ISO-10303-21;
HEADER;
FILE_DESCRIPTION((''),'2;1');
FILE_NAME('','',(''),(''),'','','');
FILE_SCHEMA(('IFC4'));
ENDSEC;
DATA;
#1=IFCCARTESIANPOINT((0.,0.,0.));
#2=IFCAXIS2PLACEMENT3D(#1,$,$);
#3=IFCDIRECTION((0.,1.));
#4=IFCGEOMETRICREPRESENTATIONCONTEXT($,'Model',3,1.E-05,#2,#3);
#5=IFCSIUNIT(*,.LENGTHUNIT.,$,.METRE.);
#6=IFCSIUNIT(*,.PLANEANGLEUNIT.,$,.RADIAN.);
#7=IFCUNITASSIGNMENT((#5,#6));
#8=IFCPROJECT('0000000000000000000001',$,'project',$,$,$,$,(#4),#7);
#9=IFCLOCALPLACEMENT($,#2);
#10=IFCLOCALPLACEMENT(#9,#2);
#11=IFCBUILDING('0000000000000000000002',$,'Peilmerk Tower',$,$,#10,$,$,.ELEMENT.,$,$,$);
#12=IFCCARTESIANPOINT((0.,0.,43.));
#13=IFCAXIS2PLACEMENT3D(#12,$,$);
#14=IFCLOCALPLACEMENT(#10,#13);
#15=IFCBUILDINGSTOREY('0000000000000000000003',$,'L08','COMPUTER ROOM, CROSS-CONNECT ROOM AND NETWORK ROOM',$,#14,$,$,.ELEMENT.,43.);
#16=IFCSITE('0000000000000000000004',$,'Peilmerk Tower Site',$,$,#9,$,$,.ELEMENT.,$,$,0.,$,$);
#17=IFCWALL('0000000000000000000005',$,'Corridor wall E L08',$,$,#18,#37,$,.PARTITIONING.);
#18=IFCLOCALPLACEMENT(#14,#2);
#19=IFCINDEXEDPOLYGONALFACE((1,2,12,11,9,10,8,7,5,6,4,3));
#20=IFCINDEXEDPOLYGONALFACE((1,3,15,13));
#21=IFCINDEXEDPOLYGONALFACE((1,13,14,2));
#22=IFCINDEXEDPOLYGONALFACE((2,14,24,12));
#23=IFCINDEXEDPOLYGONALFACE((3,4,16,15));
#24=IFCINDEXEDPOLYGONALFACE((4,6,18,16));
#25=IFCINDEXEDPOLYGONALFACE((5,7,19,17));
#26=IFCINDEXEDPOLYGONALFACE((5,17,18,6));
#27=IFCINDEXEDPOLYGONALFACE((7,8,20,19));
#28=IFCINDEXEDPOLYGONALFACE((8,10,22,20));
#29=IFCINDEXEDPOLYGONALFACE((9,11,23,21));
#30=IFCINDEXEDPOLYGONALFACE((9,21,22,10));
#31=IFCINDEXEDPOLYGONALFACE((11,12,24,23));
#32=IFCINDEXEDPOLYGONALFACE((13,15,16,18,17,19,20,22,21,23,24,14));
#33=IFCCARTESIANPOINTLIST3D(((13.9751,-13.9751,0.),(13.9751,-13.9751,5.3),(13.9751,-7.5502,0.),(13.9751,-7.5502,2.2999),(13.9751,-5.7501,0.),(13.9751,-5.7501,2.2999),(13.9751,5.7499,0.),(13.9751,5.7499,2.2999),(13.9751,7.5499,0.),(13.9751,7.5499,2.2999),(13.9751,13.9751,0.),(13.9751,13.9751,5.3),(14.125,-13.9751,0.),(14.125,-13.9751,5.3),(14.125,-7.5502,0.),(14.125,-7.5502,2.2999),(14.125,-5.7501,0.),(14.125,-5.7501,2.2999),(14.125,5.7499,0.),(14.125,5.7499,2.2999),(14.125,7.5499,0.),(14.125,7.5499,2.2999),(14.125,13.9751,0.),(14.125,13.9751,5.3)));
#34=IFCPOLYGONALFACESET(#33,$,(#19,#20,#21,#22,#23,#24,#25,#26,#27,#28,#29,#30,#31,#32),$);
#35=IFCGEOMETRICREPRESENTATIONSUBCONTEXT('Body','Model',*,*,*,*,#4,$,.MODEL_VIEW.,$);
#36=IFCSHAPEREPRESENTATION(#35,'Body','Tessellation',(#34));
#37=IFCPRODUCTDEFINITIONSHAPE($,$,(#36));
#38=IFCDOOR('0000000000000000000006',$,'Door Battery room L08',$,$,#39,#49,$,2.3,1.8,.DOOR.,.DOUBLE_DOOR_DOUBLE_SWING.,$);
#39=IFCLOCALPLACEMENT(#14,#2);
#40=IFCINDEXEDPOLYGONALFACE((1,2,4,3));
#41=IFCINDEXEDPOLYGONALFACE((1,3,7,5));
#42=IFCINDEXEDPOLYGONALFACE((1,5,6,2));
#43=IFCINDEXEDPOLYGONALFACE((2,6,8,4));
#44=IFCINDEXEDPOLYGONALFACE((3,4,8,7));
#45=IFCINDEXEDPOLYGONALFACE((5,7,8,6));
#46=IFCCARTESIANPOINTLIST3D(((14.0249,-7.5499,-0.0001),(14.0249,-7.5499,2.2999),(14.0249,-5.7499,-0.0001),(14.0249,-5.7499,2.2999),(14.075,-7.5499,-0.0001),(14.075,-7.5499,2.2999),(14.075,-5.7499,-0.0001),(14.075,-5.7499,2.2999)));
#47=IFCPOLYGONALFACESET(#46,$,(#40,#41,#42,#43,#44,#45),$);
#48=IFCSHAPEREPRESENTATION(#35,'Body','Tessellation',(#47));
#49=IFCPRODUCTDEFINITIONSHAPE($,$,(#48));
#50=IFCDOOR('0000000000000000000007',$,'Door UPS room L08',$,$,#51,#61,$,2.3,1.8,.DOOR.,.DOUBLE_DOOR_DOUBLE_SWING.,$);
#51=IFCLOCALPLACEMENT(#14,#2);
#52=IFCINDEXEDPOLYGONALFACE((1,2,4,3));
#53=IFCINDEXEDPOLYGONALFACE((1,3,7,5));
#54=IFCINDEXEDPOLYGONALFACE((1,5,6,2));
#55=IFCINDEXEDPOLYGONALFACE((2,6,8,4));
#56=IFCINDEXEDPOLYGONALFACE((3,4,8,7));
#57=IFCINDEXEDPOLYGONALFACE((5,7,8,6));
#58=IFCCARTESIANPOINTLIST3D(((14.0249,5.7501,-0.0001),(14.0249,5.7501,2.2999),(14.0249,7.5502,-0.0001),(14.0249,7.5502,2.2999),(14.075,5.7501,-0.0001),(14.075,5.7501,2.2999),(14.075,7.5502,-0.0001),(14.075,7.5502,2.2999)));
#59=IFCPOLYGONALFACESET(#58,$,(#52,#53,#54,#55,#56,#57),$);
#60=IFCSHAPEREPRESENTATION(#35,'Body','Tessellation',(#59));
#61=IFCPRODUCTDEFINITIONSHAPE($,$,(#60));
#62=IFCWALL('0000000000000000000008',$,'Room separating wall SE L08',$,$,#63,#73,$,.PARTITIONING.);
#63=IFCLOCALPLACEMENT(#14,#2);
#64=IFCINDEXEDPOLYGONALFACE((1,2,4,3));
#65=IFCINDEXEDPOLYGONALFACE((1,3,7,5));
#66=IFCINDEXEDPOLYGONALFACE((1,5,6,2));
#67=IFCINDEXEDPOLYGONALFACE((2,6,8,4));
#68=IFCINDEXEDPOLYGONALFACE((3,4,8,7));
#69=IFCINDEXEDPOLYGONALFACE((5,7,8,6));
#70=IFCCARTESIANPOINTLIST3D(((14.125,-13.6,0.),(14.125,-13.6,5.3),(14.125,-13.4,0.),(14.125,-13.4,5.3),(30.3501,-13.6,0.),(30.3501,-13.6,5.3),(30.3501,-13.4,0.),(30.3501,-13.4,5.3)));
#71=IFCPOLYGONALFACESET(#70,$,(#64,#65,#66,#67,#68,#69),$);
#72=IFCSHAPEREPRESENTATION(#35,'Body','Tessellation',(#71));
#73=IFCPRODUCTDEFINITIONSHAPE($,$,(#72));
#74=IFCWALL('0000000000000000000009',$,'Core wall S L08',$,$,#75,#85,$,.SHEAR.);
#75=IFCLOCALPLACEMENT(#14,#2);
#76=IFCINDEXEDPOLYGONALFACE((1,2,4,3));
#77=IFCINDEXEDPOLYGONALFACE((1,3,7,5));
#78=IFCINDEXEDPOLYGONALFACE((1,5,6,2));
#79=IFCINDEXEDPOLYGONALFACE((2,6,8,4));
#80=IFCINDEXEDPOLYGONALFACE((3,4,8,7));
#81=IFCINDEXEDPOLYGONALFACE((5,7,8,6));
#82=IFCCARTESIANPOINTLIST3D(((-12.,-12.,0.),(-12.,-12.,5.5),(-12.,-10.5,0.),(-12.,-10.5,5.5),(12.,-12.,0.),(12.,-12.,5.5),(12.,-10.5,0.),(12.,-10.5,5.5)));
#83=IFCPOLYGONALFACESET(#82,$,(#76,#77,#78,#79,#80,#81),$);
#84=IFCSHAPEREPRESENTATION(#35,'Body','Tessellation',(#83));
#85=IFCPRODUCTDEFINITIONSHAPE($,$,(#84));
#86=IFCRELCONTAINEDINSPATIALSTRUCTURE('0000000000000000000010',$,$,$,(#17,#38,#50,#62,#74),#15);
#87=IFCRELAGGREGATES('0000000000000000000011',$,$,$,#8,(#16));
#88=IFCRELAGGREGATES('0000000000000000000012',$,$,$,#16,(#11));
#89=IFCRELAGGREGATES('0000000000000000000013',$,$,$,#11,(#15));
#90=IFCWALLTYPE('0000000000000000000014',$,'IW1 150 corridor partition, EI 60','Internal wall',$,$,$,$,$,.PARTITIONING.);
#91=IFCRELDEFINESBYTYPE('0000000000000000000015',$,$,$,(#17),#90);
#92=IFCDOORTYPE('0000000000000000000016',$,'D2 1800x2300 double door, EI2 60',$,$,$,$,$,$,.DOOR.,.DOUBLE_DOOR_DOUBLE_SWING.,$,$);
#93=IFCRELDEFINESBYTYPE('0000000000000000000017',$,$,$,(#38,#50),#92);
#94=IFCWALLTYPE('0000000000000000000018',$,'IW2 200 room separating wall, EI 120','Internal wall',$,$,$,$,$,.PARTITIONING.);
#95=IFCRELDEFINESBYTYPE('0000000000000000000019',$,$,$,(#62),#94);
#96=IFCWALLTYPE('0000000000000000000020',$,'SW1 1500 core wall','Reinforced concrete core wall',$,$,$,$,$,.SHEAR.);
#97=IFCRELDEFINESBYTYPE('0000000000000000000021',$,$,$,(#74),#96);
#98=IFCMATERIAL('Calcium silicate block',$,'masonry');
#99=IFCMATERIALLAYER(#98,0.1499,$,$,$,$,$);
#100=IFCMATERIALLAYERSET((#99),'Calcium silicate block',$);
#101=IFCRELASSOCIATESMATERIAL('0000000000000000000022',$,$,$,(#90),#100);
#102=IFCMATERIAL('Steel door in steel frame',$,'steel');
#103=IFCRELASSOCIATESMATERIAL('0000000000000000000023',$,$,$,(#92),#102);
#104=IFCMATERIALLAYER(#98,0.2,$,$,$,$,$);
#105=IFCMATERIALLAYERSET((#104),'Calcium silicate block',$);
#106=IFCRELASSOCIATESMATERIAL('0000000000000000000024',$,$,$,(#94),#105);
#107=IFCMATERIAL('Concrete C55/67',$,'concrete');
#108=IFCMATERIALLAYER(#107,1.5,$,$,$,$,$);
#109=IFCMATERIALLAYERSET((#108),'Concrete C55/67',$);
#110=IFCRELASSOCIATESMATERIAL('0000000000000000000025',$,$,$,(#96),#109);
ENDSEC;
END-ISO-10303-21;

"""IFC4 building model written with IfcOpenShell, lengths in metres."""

from ifc_helpers import new_model, si_unit, direction, frame, frame_2d, origin, place, context, subcontext, project, spatial, rectangle, extrude, material, layer, layer_set, type_object, element, fill, save


model = new_model("IFC4")

# Units and contexts
model_context = context("Model", 3, precision=1e-05, world=origin(), true_north=direction((0.0, 1.0)))
body_context = subcontext(model_context, "Body", "Model", "MODEL_VIEW")
ifc_project = project(units=[si_unit("LENGTHUNIT", "METRE"), si_unit("PLANEANGLEUNIT", "RADIAN")], contexts=[model_context])

# Site, building, storey
site_placement = place(None, origin())
site = spatial("IfcSite", under=ifc_project, at=site_placement, Name="Peilmerk Tower Site", CompositionType="ELEMENT", RefElevation=0.0)
building_placement = place(site_placement, origin())
building = spatial("IfcBuilding", under=site, at=building_placement, Name="Peilmerk Tower", CompositionType="ELEMENT")
storey_placement = place(building_placement, frame((0.0, 0.0, 43.0)))
storey = spatial("IfcBuildingStorey", under=building, at=storey_placement, Name="L08", Description="COMPUTER ROOM, CROSS-CONNECT ROOM AND NETWORK ROOM", CompositionType="ELEMENT", Elevation=43.0)

# Wall, openings, doors
ifc_material_1 = material(Name="Calcium silicate block", Category="masonry")
ifc_layer_1 = layer(ifc_material_1, 0.1499)
ifc_layer_set_1 = layer_set([ifc_layer_1], Name="Calcium silicate block")
wall_type_1 = type_object("IfcWallType", Name="IW1 150 corridor partition, EI 60", Description="Internal wall", PredefinedType="PARTITIONING", material=ifc_layer_set_1)
ifc_material_2 = material(Name="Steel door in steel frame", Category="steel")
door_type = type_object("IfcDoorType", Name="D2 1800x2300 double door, EI2 60", OperationType="DOUBLE_DOOR_DOUBLE_SWING", PredefinedType="DOOR", material=ifc_material_2)
wall_1_placement = place(storey_placement, frame((14.05, -13.9751, 0.0), z_axis=(0.0, 0.0, 1.0), x_axis=(0.0, 1.0, 0.0)))
wall_1 = element("IfcWall", 1, at=wall_1_placement, inside=storey, type_object=wall_type_1, Name="Corridor wall E L08", PredefinedType="PARTITIONING", context=body_context, shape_type="SweptSolid", body=[
    extrude(rectangle(XDim=27.9502, YDim=0.1499, at=frame_2d((13.9751, 0.0))), origin(), (0.0, 0.0, 1.0), 5.3),
])
opening_1_placement = place(wall_1_placement, frame((6.425, 0.0, 0.0)))
opening_1 = element("IfcOpeningElement", 2, at=opening_1_placement, cuts=wall_1, PredefinedType="OPENING", context=body_context, shape_type="SweptSolid", body=[
    extrude(rectangle(XDim=1.8, YDim=2.3, at=frame_2d((0.8999, 1.1499))), frame((0.0, 0.085, 0.0), z_axis=(0.0, -1.0, 0.0), x_axis=(1.0, 0.0, 0.0)), (0.0, 0.0, 1.0), 0.1699),
])
opening_2_placement = place(wall_1_placement, frame((19.7251, 0.0, 0.0)))
opening_2 = element("IfcOpeningElement", 3, at=opening_2_placement, cuts=wall_1, PredefinedType="OPENING", context=body_context, shape_type="SweptSolid", body=[
    extrude(rectangle(XDim=1.8, YDim=2.3, at=frame_2d((0.8999, 1.1499))), frame((0.0, 0.085, 0.0), z_axis=(0.0, -1.0, 0.0), x_axis=(1.0, 0.0, 0.0)), (0.0, 0.0, 1.0), 0.1699),
])
door_1_placement = place(opening_1_placement, frame((1.8, 0.0, 0.0), z_axis=(0.0, 0.0, 1.0), x_axis=(-1.0, 0.0, 0.0)))
door_1 = element("IfcDoor", 4, at=door_1_placement, inside=storey, type_object=door_type, Name="Door Battery room L08", OperationType="DOUBLE_DOOR_DOUBLE_SWING", OverallHeight=2.3, OverallWidth=1.8, PredefinedType="DOOR", context=body_context, shape_type="SweptSolid", body=[
    extrude(rectangle(XDim=1.8, YDim=2.3, at=frame_2d((0.8999, 1.1499))), frame((0.0, 0.0249, 0.0), z_axis=(0.0, -1.0, 0.0), x_axis=(1.0, 0.0, 0.0)), (0.0, 0.0, 1.0), 0.05),
])
fill(opening_1, door_1)
door_2_placement = place(opening_2_placement, frame((1.8, 0.0, 0.0), z_axis=(0.0, 0.0, 1.0), x_axis=(-1.0, 0.0, 0.0)))
door_2 = element("IfcDoor", 5, at=door_2_placement, inside=storey, type_object=door_type, Name="Door UPS room L08", OperationType="DOUBLE_DOOR_DOUBLE_SWING", OverallHeight=2.3, OverallWidth=1.8, PredefinedType="DOOR", context=body_context, shape_type="SweptSolid", body=[
    extrude(rectangle(XDim=1.8, YDim=2.3, at=frame_2d((0.8999, 1.1499))), frame((0.0, 0.0249, 0.0), z_axis=(0.0, -1.0, 0.0), x_axis=(1.0, 0.0, 0.0)), (0.0, 0.0, 1.0), 0.05),
])
fill(opening_2, door_2)

# Walls
ifc_layer_2 = layer(ifc_material_1, 0.2)
ifc_layer_set_2 = layer_set([ifc_layer_2], Name="Calcium silicate block")
wall_type_2 = type_object("IfcWallType", Name="IW2 200 room separating wall, EI 120", Description="Internal wall", PredefinedType="PARTITIONING", material=ifc_layer_set_2)
wall_2_placement = place(storey_placement, frame((30.3501, -13.5, 0.0), z_axis=(0.0, 0.0, 1.0), x_axis=(-1.0, 0.0, 0.0)))
element("IfcWall", 6, at=wall_2_placement, inside=storey, type_object=wall_type_2, Name="Room separating wall SE L08", PredefinedType="PARTITIONING", context=body_context, shape_type="SweptSolid", body=[
    extrude(rectangle(XDim=16.2251, YDim=0.2, at=frame_2d((8.1125, 0.0))), origin(), (0.0, 0.0, 1.0), 5.3),
])
ifc_material_3 = material(Name="Concrete C55/67", Category="concrete")
ifc_layer_3 = layer(ifc_material_3, 1.5)
ifc_layer_set_3 = layer_set([ifc_layer_3], Name="Concrete C55/67")
wall_type_3 = type_object("IfcWallType", Name="SW1 1500 core wall", Description="Reinforced concrete core wall", PredefinedType="SHEAR", material=ifc_layer_set_3)
wall_3_placement = place(storey_placement, frame((12.0, -11.25, 0.0), z_axis=(0.0, 0.0, 1.0), x_axis=(-1.0, 0.0, 0.0)))
element("IfcWall", 7, at=wall_3_placement, inside=storey, type_object=wall_type_3, Name="Core wall S L08", PredefinedType="SHEAR", context=body_context, shape_type="SweptSolid", body=[
    extrude(rectangle(XDim=24.0, YDim=1.5, at=frame_2d((12.0, 0.0))), origin(), (0.0, 0.0, 1.0), 5.5),
])

save(model, "model.ifc")
